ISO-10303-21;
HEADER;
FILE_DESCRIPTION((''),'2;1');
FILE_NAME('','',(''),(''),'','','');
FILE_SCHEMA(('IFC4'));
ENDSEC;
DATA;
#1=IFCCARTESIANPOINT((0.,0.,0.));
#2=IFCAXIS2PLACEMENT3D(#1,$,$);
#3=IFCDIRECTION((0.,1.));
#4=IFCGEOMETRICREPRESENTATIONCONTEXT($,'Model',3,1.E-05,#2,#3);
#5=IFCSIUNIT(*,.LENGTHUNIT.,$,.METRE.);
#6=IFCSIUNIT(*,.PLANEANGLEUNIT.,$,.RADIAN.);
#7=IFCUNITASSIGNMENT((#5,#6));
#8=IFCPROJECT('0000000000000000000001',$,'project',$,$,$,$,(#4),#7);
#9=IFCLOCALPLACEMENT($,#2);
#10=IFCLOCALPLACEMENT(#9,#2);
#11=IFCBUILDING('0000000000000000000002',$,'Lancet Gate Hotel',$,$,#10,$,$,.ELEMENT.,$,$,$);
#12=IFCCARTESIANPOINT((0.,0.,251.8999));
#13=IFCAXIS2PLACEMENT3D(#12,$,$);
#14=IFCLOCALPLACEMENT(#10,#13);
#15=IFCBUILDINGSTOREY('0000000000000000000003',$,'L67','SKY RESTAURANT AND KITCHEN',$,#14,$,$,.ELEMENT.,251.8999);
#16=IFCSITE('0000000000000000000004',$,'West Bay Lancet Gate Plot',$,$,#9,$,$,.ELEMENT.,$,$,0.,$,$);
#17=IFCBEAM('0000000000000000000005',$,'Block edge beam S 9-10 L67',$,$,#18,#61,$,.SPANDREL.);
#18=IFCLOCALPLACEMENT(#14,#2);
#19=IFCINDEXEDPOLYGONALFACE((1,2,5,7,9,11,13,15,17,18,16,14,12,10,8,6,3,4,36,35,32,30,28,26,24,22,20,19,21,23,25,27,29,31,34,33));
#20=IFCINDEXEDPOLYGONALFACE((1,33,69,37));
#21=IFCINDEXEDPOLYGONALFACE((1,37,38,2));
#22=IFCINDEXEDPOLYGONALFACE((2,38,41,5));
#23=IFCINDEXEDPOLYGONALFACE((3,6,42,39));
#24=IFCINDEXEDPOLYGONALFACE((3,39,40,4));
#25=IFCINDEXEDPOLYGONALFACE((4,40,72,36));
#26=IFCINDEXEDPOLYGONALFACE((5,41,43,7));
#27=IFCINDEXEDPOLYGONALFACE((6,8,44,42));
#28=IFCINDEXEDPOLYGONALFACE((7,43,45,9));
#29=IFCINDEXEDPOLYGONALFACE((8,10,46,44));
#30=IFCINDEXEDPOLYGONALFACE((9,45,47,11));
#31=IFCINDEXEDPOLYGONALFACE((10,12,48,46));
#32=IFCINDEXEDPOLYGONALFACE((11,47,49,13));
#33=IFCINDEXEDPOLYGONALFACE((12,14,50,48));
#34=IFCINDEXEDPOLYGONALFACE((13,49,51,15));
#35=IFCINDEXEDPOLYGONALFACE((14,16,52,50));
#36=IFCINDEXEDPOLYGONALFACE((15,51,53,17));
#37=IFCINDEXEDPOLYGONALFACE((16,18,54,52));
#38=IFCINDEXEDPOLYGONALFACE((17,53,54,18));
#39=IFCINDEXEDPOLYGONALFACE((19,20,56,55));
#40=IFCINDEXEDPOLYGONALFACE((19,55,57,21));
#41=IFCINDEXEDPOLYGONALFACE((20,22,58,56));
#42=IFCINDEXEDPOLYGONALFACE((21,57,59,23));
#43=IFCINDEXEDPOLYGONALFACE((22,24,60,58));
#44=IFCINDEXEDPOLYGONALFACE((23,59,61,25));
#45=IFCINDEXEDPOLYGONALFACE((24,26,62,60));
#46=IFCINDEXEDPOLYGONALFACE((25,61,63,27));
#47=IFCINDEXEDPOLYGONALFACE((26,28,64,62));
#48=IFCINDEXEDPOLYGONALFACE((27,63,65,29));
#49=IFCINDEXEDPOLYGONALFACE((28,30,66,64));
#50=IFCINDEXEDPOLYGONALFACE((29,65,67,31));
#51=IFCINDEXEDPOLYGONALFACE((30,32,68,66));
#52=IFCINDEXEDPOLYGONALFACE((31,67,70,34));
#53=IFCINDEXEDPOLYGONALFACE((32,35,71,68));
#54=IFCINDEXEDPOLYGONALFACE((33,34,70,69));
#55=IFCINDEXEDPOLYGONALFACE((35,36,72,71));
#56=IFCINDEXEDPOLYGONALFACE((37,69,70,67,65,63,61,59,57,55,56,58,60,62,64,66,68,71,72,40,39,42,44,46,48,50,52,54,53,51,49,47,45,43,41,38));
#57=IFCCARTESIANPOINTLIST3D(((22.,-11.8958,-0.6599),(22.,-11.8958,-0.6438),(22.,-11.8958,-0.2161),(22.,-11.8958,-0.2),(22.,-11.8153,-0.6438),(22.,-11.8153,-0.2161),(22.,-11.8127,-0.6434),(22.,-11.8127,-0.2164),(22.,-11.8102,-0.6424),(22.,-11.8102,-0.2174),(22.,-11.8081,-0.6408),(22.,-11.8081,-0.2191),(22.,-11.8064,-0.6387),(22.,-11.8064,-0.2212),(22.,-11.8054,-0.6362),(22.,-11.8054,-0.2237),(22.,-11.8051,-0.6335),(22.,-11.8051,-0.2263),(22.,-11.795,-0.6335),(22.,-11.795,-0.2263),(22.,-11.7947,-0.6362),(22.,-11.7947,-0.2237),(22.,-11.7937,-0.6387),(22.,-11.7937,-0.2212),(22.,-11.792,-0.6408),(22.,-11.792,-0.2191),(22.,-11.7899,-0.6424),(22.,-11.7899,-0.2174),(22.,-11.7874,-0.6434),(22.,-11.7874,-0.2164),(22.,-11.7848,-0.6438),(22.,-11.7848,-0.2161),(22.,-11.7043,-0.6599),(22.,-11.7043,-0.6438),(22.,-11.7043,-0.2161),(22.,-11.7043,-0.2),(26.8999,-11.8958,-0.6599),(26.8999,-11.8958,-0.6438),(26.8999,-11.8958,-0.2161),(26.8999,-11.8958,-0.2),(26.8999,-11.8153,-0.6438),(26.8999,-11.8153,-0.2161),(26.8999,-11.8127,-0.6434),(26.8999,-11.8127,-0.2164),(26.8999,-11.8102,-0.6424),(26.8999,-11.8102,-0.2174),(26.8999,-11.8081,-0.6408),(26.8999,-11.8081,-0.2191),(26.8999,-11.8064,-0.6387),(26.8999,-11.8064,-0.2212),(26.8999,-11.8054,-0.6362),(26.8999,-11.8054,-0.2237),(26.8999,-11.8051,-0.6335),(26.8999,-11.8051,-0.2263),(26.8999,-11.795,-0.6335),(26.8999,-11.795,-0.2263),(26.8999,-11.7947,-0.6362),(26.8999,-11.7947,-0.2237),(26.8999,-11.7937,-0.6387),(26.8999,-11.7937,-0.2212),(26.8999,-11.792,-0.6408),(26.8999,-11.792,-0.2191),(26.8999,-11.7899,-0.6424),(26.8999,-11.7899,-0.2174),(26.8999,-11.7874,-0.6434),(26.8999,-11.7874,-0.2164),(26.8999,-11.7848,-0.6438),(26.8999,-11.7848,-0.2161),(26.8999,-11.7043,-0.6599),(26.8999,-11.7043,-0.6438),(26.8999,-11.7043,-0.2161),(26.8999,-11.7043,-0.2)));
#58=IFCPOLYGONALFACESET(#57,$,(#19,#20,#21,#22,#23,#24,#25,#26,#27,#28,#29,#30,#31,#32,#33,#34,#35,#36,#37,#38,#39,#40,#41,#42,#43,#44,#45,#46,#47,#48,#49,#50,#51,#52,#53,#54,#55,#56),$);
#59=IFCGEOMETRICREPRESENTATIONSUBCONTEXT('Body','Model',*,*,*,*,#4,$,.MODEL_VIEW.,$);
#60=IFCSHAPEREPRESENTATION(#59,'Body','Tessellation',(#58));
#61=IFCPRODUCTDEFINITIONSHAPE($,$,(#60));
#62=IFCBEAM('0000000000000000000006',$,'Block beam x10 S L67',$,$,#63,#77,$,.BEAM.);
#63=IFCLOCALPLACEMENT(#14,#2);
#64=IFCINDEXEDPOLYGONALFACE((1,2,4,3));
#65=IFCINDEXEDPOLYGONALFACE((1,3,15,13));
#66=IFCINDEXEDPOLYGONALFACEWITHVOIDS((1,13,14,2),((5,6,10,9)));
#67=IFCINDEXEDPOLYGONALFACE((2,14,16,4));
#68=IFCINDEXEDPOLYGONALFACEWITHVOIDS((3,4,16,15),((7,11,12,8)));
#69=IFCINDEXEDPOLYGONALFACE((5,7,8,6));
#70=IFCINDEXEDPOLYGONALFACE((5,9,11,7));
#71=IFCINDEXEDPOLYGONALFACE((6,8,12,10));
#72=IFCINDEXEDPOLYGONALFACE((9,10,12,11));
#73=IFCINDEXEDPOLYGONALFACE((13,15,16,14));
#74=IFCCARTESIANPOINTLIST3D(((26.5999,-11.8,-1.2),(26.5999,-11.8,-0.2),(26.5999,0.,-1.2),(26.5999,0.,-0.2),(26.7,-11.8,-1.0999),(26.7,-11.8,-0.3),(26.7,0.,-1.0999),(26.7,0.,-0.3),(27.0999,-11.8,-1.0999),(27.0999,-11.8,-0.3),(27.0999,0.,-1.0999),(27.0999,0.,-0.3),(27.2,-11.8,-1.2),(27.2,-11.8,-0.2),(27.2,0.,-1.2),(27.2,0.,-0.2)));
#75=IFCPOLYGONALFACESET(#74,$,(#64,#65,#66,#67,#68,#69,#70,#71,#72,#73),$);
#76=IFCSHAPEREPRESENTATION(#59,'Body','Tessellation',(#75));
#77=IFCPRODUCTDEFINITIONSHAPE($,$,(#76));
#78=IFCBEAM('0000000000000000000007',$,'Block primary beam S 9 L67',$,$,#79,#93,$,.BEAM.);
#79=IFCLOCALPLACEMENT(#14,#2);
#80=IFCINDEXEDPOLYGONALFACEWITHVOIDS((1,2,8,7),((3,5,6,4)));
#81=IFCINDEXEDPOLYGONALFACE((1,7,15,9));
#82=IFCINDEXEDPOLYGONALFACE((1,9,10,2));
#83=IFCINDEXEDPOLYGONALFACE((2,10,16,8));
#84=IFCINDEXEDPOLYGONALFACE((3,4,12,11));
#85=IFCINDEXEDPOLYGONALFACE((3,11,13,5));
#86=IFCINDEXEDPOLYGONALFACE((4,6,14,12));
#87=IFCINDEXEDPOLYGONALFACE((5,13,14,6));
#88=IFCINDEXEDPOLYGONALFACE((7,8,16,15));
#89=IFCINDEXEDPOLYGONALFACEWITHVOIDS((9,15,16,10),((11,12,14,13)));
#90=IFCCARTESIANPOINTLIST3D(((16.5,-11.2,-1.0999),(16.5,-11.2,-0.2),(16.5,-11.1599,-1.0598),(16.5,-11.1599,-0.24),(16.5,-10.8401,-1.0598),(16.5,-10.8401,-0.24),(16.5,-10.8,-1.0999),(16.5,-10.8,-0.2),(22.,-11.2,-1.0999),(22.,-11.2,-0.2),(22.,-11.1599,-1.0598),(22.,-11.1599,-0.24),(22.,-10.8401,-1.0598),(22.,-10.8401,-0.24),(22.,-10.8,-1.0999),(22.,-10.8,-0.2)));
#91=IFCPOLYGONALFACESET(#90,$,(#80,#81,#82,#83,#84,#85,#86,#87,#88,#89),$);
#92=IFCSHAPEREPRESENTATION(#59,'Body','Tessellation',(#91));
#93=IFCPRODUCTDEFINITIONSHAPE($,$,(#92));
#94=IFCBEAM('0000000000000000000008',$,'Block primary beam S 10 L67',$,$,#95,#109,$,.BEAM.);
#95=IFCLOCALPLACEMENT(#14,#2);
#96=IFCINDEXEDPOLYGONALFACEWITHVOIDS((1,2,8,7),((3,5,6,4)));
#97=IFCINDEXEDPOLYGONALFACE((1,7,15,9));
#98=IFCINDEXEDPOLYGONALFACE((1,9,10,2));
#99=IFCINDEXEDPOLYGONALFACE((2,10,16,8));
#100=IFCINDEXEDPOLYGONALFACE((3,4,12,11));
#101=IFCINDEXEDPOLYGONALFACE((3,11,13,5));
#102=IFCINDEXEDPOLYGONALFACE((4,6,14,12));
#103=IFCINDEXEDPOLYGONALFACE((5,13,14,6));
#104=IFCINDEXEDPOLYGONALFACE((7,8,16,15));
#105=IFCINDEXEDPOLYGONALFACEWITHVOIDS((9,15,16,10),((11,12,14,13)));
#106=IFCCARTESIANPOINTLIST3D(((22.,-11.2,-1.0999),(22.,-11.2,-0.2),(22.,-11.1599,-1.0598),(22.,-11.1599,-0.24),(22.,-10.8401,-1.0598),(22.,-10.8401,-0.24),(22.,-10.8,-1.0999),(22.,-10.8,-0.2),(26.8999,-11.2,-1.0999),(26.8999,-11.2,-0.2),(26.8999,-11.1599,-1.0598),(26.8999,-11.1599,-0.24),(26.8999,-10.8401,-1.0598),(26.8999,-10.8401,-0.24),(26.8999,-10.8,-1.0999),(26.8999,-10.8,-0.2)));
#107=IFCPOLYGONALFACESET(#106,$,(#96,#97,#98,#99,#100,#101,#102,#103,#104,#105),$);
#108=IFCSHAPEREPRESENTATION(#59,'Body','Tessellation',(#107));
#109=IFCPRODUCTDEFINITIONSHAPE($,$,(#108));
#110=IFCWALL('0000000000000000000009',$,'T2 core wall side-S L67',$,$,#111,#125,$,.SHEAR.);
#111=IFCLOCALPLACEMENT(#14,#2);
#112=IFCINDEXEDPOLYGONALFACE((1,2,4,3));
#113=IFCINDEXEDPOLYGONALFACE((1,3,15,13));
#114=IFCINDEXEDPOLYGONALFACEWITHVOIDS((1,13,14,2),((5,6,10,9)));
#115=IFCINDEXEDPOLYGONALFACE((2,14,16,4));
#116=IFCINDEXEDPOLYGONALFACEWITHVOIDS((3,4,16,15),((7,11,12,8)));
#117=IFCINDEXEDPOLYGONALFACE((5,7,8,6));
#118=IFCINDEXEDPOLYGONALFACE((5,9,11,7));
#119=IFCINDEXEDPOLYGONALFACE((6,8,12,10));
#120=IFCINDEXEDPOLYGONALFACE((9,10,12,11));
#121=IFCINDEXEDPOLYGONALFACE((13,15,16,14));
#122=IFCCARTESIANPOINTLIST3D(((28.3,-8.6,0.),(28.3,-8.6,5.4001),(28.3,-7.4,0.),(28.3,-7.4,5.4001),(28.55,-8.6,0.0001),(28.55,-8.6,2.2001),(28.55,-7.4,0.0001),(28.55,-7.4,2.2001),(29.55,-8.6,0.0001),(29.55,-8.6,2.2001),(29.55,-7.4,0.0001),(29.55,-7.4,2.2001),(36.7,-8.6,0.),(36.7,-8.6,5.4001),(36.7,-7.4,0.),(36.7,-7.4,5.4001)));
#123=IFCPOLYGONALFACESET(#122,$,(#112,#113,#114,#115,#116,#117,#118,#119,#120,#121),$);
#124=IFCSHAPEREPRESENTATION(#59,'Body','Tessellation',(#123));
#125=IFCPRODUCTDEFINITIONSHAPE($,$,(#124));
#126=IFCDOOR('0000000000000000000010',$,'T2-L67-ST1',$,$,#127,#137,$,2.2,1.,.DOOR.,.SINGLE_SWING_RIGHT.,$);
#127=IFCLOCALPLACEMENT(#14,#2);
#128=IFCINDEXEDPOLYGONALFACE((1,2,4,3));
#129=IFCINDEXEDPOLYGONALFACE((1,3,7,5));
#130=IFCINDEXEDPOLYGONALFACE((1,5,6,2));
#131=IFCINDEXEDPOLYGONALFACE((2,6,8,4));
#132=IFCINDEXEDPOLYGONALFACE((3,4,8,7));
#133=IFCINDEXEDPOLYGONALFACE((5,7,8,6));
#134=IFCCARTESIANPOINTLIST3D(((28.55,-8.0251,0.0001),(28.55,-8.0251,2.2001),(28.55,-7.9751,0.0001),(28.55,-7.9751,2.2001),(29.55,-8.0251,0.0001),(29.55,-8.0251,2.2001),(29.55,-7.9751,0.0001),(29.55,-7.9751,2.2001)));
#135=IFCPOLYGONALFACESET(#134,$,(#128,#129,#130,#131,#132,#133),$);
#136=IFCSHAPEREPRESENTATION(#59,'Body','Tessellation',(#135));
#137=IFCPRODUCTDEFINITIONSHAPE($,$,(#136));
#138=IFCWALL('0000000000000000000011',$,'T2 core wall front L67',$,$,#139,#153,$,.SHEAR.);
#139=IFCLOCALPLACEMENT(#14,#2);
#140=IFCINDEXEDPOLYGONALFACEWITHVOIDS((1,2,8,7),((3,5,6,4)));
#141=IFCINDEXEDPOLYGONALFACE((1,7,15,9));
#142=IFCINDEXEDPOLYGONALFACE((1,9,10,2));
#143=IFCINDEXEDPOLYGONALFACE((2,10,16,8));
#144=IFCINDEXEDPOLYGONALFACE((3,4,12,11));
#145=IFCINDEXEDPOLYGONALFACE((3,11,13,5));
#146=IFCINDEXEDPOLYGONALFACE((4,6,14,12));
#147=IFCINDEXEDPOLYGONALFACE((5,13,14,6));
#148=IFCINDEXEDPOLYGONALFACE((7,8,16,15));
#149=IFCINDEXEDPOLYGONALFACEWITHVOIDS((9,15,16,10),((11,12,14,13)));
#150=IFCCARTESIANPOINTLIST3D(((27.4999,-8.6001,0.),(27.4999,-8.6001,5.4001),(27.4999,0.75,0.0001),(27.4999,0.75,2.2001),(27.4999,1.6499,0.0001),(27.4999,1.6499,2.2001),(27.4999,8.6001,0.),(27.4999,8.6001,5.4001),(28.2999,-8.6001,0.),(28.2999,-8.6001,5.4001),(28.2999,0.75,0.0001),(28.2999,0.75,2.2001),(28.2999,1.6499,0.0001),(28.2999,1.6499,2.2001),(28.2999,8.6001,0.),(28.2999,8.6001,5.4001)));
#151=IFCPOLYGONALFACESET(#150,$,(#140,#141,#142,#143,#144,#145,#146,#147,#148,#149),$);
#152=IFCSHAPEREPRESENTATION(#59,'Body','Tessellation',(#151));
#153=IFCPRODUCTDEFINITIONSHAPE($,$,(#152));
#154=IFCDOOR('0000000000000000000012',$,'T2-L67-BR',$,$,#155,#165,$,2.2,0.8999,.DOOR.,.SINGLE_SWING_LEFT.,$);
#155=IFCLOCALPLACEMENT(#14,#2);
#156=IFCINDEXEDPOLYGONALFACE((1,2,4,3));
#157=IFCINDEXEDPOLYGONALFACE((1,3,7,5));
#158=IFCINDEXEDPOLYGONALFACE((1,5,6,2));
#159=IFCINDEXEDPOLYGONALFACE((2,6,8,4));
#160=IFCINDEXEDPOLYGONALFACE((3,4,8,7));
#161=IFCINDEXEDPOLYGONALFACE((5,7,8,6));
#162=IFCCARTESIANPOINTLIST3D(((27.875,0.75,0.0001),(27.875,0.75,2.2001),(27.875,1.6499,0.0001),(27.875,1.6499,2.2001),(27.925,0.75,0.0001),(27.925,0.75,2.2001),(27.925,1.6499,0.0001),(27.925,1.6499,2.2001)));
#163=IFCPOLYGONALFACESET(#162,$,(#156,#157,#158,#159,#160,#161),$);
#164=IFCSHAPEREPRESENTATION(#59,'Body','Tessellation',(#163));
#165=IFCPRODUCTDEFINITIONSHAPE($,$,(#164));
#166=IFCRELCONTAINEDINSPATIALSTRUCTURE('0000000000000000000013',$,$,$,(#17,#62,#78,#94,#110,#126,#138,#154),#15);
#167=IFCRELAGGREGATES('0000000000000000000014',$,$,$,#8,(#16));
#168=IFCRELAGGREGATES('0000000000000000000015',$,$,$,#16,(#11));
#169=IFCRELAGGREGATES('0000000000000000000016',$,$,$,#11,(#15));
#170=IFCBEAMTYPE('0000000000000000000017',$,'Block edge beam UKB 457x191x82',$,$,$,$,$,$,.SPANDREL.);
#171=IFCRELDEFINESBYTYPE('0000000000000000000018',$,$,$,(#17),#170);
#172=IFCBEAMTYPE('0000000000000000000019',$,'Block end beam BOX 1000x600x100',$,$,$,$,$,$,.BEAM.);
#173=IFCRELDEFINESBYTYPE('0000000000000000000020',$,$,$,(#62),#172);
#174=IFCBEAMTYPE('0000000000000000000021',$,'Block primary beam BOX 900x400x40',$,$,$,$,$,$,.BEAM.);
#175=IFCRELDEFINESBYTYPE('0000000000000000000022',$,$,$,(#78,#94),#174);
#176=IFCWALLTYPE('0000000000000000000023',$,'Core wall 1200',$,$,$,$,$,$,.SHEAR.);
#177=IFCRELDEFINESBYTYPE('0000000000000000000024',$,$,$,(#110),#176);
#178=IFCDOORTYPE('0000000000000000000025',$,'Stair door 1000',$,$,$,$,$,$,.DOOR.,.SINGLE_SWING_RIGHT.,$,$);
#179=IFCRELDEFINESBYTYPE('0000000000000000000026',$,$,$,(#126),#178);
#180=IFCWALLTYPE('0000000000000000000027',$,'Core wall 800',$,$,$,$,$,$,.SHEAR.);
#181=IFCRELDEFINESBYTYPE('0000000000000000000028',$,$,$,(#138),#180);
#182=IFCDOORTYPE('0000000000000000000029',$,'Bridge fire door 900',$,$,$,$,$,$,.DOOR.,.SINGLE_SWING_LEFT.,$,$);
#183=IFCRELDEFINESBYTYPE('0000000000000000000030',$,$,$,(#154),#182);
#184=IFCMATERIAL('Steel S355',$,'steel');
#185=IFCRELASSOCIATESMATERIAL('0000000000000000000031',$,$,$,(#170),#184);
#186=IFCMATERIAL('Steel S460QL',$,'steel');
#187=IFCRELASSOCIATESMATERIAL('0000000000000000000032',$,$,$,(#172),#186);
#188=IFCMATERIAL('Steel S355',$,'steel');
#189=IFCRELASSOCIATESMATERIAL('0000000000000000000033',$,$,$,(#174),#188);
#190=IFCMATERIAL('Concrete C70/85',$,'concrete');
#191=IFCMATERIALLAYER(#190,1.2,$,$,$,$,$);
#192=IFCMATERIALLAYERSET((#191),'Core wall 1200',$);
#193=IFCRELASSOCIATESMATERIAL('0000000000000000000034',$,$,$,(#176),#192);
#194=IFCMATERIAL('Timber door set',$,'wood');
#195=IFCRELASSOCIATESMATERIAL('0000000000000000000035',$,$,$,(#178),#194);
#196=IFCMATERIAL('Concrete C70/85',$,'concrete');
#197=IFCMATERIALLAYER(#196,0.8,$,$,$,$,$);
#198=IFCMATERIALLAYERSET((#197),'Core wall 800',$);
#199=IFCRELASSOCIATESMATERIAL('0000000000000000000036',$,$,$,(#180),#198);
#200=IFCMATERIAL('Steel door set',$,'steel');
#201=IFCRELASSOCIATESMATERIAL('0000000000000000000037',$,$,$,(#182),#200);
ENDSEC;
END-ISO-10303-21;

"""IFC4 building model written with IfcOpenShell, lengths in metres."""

from ifc_helpers import new_model, si_unit, direction, frame, frame_2d, origin, origin_2d, place, context, subcontext, project, spatial, rectangle, hollow_rectangle, i_section, extrude, material, layer, layer_set, material_profile, profile_set, type_object, element, fill, save


model = new_model("IFC4")

# Units and contexts
model_context = context("Model", 3, precision=1e-05, world=origin(), true_north=direction((0.0, 1.0)))
body_context = subcontext(model_context, "Body", "Model", "MODEL_VIEW")
ifc_project = project(units=[si_unit("LENGTHUNIT", "METRE"), si_unit("PLANEANGLEUNIT", "RADIAN")], contexts=[model_context])

# Site, building, storey
site_placement = place(None, origin())
site = spatial("IfcSite", under=ifc_project, at=site_placement, Name="West Bay Lancet Gate Plot", CompositionType="ELEMENT", RefElevation=0.0)
building_placement = place(site_placement, origin())
building = spatial("IfcBuilding", under=site, at=building_placement, Name="Lancet Gate Hotel", CompositionType="ELEMENT")
storey_placement = place(building_placement, frame((0.0, 0.0, 251.8999)))
storey = spatial("IfcBuildingStorey", under=building, at=storey_placement, Name="L67", Description="SKY RESTAURANT AND KITCHEN", CompositionType="ELEMENT", Elevation=251.8999)

# Beams
ifc_material_1 = material(Name="Steel S355", Category="steel")
ifc_material_profile_1 = material_profile(ifc_material_1, i_section(OverallWidth=0.1914, OverallDepth=0.46, WebThickness=0.01, FlangeThickness=0.0161, FilletRadius=0.0103, at=origin_2d()), Name="UKB 457x191x82")
ifc_profile_set_1 = profile_set([ifc_material_profile_1], Name="Steel S355")
beam_type_1 = type_object("IfcBeamType", Name="Block edge beam UKB 457x191x82", PredefinedType="SPANDREL", material=ifc_profile_set_1)
beam_1_placement = place(storey_placement, frame((22.0, -11.8, -0.4299), z_axis=(1.0, 0.0, 0.0), x_axis=(0.0, 1.0, 0.0)))
element("IfcBeam", 1, at=beam_1_placement, inside=storey, type_object=beam_type_1, Name="Block edge beam S 9-10 L67", PredefinedType="SPANDREL", context=body_context, shape_type="SweptSolid", body=[
    extrude(i_section(OverallWidth=0.1914, OverallDepth=0.46, WebThickness=0.01, FlangeThickness=0.0161, FilletRadius=0.0103, at=origin_2d()), origin(), (0.0, 0.0, 1.0), 4.8999),
])
ifc_material_2 = material(Name="Steel S460QL", Category="steel")
ifc_material_profile_2 = material_profile(ifc_material_2, hollow_rectangle(XDim=0.6001, YDim=1.0, WallThickness=0.1001, at=origin_2d()), Name="BOX 1000x600x100")
ifc_profile_set_2 = profile_set([ifc_material_profile_2], Name="Steel S460QL")
beam_type_2 = type_object("IfcBeamType", Name="Block end beam BOX 1000x600x100", PredefinedType="BEAM", material=ifc_profile_set_2)
beam_2_placement = place(storey_placement, frame((26.8999, -11.8, -0.7), z_axis=(0.0, 1.0, 0.0), x_axis=(-1.0, 0.0, 0.0)))
element("IfcBeam", 2, at=beam_2_placement, inside=storey, type_object=beam_type_2, Name="Block beam x10 S L67", PredefinedType="BEAM", context=body_context, shape_type="SweptSolid", body=[
    extrude(hollow_rectangle(XDim=0.6001, YDim=1.0, WallThickness=0.1001, at=origin_2d()), origin(), (0.0, 0.0, 1.0), 11.8),
])
ifc_material_3 = material(Name="Steel S355", Category="steel")
ifc_material_profile_3 = material_profile(ifc_material_3, hollow_rectangle(XDim=0.3999, YDim=0.8999, WallThickness=0.04, at=origin_2d()), Name="BOX 900x400x40")
ifc_profile_set_3 = profile_set([ifc_material_profile_3], Name="Steel S355")
beam_type_3 = type_object("IfcBeamType", Name="Block primary beam BOX 900x400x40", PredefinedType="BEAM", material=ifc_profile_set_3)
beam_3_placement = place(storey_placement, frame((16.5, -11.0, -0.6499), z_axis=(1.0, 0.0, 0.0), x_axis=(0.0, 1.0, 0.0)))
element("IfcBeam", 3, at=beam_3_placement, inside=storey, type_object=beam_type_3, Name="Block primary beam S 9 L67", PredefinedType="BEAM", context=body_context, shape_type="SweptSolid", body=[
    extrude(hollow_rectangle(XDim=0.3999, YDim=0.8999, WallThickness=0.04, at=origin_2d()), origin(), (0.0, 0.0, 1.0), 5.5),
])
beam_4_placement = place(storey_placement, frame((22.0, -11.0, -0.6499), z_axis=(1.0, 0.0, 0.0), x_axis=(0.0, 1.0, 0.0)))
element("IfcBeam", 4, at=beam_4_placement, inside=storey, type_object=beam_type_3, Name="Block primary beam S 10 L67", PredefinedType="BEAM", context=body_context, shape_type="SweptSolid", body=[
    extrude(hollow_rectangle(XDim=0.3999, YDim=0.8999, WallThickness=0.04, at=origin_2d()), origin(), (0.0, 0.0, 1.0), 4.8999),
])

# Walls, openings, doors
ifc_material_4 = material(Name="Concrete C70/85", Category="concrete")
ifc_layer_1 = layer(ifc_material_4, 1.2)
ifc_layer_set_1 = layer_set([ifc_layer_1], Name="Core wall 1200")
wall_type_1 = type_object("IfcWallType", Name="Core wall 1200", PredefinedType="SHEAR", material=ifc_layer_set_1)
wall_1_placement = place(storey_placement, frame((28.3, -8.0, 0.0), z_axis=(0.0, 0.0, 1.0), x_axis=(1.0, 0.0, 0.0)))
wall_1 = element("IfcWall", 5, at=wall_1_placement, inside=storey, type_object=wall_type_1, Name="T2 core wall side-S L67", PredefinedType="SHEAR", context=body_context, shape_type="SweptSolid", body=[
    extrude(rectangle(XDim=8.3999, YDim=1.2, at=frame_2d((4.2, 0.0))), origin(), (0.0, 0.0, 1.0), 5.4001),
])
opening_1_placement = place(wall_1_placement, frame((0.25, 0.0, 0.0)))
opening_1 = element("IfcOpeningElement", 6, at=opening_1_placement, cuts=wall_1, PredefinedType="OPENING", context=body_context, shape_type="SweptSolid", body=[
    extrude(rectangle(XDim=1.0, YDim=2.2, at=frame_2d((0.5, 1.1001))), frame((0.0, 0.6099, 0.0), z_axis=(0.0, -1.0, 0.0), x_axis=(1.0, 0.0, 0.0)), (0.0, 0.0, 1.0), 1.22),
])
ifc_material_5 = material(Name="Timber door set", Category="wood")
door_type_1 = type_object("IfcDoorType", Name="Stair door 1000", OperationType="SINGLE_SWING_RIGHT", PredefinedType="DOOR", material=ifc_material_5)
door_1_placement = place(opening_1_placement, origin())
door_1 = element("IfcDoor", 7, at=door_1_placement, inside=storey, type_object=door_type_1, Name="T2-L67-ST1", OperationType="SINGLE_SWING_RIGHT", OverallHeight=2.2, OverallWidth=1.0, PredefinedType="DOOR", context=body_context, shape_type="SweptSolid", body=[
    extrude(rectangle(XDim=1.0, YDim=2.2, at=frame_2d((0.5, 1.1001))), frame((0.0, 0.0249, 0.0), z_axis=(0.0, -1.0, 0.0), x_axis=(1.0, 0.0, 0.0)), (0.0, 0.0, 1.0), 0.05),
])
fill(opening_1, door_1)
ifc_material_6 = material(Name="Concrete C70/85", Category="concrete")
ifc_layer_2 = layer(ifc_material_6, 0.8)
ifc_layer_set_2 = layer_set([ifc_layer_2], Name="Core wall 800")
wall_type_2 = type_object("IfcWallType", Name="Core wall 800", PredefinedType="SHEAR", material=ifc_layer_set_2)
wall_2_placement = place(storey_placement, frame((27.8999, -8.6001, 0.0), z_axis=(0.0, 0.0, 1.0), x_axis=(0.0, 1.0, 0.0)))
wall_2 = element("IfcWall", 8, at=wall_2_placement, inside=storey, type_object=wall_type_2, Name="T2 core wall front L67", PredefinedType="SHEAR", context=body_context, shape_type="SweptSolid", body=[
    extrude(rectangle(XDim=17.2002, YDim=0.8, at=frame_2d((8.6001, 0.0))), origin(), (0.0, 0.0, 1.0), 5.4001),
])
opening_2_placement = place(wall_2_placement, frame((9.3501, 0.0, 0.0)))
opening_2 = element("IfcOpeningElement", 9, at=opening_2_placement, cuts=wall_2, PredefinedType="OPENING", context=body_context, shape_type="SweptSolid", body=[
    extrude(rectangle(XDim=0.8999, YDim=2.2, at=frame_2d((0.45, 1.1001))), frame((0.0, 0.4099, 0.0), z_axis=(0.0, -1.0, 0.0), x_axis=(1.0, 0.0, 0.0)), (0.0, 0.0, 1.0), 0.8201),
])
ifc_material_7 = material(Name="Steel door set", Category="steel")
door_type_2 = type_object("IfcDoorType", Name="Bridge fire door 900", OperationType="SINGLE_SWING_LEFT", PredefinedType="DOOR", material=ifc_material_7)
door_2_placement = place(opening_2_placement, origin())
door_2 = element("IfcDoor", 10, at=door_2_placement, inside=storey, type_object=door_type_2, Name="T2-L67-BR", OperationType="SINGLE_SWING_LEFT", OverallHeight=2.2, OverallWidth=0.8999, PredefinedType="DOOR", context=body_context, shape_type="SweptSolid", body=[
    extrude(rectangle(XDim=0.8999, YDim=2.2, at=frame_2d((0.45, 1.1001))), frame((0.0, 0.0249, 0.0), z_axis=(0.0, -1.0, 0.0), x_axis=(1.0, 0.0, 0.0)), (0.0, 0.0, 1.0), 0.05),
])
fill(opening_2, door_2)

save(model, "model.ifc")
